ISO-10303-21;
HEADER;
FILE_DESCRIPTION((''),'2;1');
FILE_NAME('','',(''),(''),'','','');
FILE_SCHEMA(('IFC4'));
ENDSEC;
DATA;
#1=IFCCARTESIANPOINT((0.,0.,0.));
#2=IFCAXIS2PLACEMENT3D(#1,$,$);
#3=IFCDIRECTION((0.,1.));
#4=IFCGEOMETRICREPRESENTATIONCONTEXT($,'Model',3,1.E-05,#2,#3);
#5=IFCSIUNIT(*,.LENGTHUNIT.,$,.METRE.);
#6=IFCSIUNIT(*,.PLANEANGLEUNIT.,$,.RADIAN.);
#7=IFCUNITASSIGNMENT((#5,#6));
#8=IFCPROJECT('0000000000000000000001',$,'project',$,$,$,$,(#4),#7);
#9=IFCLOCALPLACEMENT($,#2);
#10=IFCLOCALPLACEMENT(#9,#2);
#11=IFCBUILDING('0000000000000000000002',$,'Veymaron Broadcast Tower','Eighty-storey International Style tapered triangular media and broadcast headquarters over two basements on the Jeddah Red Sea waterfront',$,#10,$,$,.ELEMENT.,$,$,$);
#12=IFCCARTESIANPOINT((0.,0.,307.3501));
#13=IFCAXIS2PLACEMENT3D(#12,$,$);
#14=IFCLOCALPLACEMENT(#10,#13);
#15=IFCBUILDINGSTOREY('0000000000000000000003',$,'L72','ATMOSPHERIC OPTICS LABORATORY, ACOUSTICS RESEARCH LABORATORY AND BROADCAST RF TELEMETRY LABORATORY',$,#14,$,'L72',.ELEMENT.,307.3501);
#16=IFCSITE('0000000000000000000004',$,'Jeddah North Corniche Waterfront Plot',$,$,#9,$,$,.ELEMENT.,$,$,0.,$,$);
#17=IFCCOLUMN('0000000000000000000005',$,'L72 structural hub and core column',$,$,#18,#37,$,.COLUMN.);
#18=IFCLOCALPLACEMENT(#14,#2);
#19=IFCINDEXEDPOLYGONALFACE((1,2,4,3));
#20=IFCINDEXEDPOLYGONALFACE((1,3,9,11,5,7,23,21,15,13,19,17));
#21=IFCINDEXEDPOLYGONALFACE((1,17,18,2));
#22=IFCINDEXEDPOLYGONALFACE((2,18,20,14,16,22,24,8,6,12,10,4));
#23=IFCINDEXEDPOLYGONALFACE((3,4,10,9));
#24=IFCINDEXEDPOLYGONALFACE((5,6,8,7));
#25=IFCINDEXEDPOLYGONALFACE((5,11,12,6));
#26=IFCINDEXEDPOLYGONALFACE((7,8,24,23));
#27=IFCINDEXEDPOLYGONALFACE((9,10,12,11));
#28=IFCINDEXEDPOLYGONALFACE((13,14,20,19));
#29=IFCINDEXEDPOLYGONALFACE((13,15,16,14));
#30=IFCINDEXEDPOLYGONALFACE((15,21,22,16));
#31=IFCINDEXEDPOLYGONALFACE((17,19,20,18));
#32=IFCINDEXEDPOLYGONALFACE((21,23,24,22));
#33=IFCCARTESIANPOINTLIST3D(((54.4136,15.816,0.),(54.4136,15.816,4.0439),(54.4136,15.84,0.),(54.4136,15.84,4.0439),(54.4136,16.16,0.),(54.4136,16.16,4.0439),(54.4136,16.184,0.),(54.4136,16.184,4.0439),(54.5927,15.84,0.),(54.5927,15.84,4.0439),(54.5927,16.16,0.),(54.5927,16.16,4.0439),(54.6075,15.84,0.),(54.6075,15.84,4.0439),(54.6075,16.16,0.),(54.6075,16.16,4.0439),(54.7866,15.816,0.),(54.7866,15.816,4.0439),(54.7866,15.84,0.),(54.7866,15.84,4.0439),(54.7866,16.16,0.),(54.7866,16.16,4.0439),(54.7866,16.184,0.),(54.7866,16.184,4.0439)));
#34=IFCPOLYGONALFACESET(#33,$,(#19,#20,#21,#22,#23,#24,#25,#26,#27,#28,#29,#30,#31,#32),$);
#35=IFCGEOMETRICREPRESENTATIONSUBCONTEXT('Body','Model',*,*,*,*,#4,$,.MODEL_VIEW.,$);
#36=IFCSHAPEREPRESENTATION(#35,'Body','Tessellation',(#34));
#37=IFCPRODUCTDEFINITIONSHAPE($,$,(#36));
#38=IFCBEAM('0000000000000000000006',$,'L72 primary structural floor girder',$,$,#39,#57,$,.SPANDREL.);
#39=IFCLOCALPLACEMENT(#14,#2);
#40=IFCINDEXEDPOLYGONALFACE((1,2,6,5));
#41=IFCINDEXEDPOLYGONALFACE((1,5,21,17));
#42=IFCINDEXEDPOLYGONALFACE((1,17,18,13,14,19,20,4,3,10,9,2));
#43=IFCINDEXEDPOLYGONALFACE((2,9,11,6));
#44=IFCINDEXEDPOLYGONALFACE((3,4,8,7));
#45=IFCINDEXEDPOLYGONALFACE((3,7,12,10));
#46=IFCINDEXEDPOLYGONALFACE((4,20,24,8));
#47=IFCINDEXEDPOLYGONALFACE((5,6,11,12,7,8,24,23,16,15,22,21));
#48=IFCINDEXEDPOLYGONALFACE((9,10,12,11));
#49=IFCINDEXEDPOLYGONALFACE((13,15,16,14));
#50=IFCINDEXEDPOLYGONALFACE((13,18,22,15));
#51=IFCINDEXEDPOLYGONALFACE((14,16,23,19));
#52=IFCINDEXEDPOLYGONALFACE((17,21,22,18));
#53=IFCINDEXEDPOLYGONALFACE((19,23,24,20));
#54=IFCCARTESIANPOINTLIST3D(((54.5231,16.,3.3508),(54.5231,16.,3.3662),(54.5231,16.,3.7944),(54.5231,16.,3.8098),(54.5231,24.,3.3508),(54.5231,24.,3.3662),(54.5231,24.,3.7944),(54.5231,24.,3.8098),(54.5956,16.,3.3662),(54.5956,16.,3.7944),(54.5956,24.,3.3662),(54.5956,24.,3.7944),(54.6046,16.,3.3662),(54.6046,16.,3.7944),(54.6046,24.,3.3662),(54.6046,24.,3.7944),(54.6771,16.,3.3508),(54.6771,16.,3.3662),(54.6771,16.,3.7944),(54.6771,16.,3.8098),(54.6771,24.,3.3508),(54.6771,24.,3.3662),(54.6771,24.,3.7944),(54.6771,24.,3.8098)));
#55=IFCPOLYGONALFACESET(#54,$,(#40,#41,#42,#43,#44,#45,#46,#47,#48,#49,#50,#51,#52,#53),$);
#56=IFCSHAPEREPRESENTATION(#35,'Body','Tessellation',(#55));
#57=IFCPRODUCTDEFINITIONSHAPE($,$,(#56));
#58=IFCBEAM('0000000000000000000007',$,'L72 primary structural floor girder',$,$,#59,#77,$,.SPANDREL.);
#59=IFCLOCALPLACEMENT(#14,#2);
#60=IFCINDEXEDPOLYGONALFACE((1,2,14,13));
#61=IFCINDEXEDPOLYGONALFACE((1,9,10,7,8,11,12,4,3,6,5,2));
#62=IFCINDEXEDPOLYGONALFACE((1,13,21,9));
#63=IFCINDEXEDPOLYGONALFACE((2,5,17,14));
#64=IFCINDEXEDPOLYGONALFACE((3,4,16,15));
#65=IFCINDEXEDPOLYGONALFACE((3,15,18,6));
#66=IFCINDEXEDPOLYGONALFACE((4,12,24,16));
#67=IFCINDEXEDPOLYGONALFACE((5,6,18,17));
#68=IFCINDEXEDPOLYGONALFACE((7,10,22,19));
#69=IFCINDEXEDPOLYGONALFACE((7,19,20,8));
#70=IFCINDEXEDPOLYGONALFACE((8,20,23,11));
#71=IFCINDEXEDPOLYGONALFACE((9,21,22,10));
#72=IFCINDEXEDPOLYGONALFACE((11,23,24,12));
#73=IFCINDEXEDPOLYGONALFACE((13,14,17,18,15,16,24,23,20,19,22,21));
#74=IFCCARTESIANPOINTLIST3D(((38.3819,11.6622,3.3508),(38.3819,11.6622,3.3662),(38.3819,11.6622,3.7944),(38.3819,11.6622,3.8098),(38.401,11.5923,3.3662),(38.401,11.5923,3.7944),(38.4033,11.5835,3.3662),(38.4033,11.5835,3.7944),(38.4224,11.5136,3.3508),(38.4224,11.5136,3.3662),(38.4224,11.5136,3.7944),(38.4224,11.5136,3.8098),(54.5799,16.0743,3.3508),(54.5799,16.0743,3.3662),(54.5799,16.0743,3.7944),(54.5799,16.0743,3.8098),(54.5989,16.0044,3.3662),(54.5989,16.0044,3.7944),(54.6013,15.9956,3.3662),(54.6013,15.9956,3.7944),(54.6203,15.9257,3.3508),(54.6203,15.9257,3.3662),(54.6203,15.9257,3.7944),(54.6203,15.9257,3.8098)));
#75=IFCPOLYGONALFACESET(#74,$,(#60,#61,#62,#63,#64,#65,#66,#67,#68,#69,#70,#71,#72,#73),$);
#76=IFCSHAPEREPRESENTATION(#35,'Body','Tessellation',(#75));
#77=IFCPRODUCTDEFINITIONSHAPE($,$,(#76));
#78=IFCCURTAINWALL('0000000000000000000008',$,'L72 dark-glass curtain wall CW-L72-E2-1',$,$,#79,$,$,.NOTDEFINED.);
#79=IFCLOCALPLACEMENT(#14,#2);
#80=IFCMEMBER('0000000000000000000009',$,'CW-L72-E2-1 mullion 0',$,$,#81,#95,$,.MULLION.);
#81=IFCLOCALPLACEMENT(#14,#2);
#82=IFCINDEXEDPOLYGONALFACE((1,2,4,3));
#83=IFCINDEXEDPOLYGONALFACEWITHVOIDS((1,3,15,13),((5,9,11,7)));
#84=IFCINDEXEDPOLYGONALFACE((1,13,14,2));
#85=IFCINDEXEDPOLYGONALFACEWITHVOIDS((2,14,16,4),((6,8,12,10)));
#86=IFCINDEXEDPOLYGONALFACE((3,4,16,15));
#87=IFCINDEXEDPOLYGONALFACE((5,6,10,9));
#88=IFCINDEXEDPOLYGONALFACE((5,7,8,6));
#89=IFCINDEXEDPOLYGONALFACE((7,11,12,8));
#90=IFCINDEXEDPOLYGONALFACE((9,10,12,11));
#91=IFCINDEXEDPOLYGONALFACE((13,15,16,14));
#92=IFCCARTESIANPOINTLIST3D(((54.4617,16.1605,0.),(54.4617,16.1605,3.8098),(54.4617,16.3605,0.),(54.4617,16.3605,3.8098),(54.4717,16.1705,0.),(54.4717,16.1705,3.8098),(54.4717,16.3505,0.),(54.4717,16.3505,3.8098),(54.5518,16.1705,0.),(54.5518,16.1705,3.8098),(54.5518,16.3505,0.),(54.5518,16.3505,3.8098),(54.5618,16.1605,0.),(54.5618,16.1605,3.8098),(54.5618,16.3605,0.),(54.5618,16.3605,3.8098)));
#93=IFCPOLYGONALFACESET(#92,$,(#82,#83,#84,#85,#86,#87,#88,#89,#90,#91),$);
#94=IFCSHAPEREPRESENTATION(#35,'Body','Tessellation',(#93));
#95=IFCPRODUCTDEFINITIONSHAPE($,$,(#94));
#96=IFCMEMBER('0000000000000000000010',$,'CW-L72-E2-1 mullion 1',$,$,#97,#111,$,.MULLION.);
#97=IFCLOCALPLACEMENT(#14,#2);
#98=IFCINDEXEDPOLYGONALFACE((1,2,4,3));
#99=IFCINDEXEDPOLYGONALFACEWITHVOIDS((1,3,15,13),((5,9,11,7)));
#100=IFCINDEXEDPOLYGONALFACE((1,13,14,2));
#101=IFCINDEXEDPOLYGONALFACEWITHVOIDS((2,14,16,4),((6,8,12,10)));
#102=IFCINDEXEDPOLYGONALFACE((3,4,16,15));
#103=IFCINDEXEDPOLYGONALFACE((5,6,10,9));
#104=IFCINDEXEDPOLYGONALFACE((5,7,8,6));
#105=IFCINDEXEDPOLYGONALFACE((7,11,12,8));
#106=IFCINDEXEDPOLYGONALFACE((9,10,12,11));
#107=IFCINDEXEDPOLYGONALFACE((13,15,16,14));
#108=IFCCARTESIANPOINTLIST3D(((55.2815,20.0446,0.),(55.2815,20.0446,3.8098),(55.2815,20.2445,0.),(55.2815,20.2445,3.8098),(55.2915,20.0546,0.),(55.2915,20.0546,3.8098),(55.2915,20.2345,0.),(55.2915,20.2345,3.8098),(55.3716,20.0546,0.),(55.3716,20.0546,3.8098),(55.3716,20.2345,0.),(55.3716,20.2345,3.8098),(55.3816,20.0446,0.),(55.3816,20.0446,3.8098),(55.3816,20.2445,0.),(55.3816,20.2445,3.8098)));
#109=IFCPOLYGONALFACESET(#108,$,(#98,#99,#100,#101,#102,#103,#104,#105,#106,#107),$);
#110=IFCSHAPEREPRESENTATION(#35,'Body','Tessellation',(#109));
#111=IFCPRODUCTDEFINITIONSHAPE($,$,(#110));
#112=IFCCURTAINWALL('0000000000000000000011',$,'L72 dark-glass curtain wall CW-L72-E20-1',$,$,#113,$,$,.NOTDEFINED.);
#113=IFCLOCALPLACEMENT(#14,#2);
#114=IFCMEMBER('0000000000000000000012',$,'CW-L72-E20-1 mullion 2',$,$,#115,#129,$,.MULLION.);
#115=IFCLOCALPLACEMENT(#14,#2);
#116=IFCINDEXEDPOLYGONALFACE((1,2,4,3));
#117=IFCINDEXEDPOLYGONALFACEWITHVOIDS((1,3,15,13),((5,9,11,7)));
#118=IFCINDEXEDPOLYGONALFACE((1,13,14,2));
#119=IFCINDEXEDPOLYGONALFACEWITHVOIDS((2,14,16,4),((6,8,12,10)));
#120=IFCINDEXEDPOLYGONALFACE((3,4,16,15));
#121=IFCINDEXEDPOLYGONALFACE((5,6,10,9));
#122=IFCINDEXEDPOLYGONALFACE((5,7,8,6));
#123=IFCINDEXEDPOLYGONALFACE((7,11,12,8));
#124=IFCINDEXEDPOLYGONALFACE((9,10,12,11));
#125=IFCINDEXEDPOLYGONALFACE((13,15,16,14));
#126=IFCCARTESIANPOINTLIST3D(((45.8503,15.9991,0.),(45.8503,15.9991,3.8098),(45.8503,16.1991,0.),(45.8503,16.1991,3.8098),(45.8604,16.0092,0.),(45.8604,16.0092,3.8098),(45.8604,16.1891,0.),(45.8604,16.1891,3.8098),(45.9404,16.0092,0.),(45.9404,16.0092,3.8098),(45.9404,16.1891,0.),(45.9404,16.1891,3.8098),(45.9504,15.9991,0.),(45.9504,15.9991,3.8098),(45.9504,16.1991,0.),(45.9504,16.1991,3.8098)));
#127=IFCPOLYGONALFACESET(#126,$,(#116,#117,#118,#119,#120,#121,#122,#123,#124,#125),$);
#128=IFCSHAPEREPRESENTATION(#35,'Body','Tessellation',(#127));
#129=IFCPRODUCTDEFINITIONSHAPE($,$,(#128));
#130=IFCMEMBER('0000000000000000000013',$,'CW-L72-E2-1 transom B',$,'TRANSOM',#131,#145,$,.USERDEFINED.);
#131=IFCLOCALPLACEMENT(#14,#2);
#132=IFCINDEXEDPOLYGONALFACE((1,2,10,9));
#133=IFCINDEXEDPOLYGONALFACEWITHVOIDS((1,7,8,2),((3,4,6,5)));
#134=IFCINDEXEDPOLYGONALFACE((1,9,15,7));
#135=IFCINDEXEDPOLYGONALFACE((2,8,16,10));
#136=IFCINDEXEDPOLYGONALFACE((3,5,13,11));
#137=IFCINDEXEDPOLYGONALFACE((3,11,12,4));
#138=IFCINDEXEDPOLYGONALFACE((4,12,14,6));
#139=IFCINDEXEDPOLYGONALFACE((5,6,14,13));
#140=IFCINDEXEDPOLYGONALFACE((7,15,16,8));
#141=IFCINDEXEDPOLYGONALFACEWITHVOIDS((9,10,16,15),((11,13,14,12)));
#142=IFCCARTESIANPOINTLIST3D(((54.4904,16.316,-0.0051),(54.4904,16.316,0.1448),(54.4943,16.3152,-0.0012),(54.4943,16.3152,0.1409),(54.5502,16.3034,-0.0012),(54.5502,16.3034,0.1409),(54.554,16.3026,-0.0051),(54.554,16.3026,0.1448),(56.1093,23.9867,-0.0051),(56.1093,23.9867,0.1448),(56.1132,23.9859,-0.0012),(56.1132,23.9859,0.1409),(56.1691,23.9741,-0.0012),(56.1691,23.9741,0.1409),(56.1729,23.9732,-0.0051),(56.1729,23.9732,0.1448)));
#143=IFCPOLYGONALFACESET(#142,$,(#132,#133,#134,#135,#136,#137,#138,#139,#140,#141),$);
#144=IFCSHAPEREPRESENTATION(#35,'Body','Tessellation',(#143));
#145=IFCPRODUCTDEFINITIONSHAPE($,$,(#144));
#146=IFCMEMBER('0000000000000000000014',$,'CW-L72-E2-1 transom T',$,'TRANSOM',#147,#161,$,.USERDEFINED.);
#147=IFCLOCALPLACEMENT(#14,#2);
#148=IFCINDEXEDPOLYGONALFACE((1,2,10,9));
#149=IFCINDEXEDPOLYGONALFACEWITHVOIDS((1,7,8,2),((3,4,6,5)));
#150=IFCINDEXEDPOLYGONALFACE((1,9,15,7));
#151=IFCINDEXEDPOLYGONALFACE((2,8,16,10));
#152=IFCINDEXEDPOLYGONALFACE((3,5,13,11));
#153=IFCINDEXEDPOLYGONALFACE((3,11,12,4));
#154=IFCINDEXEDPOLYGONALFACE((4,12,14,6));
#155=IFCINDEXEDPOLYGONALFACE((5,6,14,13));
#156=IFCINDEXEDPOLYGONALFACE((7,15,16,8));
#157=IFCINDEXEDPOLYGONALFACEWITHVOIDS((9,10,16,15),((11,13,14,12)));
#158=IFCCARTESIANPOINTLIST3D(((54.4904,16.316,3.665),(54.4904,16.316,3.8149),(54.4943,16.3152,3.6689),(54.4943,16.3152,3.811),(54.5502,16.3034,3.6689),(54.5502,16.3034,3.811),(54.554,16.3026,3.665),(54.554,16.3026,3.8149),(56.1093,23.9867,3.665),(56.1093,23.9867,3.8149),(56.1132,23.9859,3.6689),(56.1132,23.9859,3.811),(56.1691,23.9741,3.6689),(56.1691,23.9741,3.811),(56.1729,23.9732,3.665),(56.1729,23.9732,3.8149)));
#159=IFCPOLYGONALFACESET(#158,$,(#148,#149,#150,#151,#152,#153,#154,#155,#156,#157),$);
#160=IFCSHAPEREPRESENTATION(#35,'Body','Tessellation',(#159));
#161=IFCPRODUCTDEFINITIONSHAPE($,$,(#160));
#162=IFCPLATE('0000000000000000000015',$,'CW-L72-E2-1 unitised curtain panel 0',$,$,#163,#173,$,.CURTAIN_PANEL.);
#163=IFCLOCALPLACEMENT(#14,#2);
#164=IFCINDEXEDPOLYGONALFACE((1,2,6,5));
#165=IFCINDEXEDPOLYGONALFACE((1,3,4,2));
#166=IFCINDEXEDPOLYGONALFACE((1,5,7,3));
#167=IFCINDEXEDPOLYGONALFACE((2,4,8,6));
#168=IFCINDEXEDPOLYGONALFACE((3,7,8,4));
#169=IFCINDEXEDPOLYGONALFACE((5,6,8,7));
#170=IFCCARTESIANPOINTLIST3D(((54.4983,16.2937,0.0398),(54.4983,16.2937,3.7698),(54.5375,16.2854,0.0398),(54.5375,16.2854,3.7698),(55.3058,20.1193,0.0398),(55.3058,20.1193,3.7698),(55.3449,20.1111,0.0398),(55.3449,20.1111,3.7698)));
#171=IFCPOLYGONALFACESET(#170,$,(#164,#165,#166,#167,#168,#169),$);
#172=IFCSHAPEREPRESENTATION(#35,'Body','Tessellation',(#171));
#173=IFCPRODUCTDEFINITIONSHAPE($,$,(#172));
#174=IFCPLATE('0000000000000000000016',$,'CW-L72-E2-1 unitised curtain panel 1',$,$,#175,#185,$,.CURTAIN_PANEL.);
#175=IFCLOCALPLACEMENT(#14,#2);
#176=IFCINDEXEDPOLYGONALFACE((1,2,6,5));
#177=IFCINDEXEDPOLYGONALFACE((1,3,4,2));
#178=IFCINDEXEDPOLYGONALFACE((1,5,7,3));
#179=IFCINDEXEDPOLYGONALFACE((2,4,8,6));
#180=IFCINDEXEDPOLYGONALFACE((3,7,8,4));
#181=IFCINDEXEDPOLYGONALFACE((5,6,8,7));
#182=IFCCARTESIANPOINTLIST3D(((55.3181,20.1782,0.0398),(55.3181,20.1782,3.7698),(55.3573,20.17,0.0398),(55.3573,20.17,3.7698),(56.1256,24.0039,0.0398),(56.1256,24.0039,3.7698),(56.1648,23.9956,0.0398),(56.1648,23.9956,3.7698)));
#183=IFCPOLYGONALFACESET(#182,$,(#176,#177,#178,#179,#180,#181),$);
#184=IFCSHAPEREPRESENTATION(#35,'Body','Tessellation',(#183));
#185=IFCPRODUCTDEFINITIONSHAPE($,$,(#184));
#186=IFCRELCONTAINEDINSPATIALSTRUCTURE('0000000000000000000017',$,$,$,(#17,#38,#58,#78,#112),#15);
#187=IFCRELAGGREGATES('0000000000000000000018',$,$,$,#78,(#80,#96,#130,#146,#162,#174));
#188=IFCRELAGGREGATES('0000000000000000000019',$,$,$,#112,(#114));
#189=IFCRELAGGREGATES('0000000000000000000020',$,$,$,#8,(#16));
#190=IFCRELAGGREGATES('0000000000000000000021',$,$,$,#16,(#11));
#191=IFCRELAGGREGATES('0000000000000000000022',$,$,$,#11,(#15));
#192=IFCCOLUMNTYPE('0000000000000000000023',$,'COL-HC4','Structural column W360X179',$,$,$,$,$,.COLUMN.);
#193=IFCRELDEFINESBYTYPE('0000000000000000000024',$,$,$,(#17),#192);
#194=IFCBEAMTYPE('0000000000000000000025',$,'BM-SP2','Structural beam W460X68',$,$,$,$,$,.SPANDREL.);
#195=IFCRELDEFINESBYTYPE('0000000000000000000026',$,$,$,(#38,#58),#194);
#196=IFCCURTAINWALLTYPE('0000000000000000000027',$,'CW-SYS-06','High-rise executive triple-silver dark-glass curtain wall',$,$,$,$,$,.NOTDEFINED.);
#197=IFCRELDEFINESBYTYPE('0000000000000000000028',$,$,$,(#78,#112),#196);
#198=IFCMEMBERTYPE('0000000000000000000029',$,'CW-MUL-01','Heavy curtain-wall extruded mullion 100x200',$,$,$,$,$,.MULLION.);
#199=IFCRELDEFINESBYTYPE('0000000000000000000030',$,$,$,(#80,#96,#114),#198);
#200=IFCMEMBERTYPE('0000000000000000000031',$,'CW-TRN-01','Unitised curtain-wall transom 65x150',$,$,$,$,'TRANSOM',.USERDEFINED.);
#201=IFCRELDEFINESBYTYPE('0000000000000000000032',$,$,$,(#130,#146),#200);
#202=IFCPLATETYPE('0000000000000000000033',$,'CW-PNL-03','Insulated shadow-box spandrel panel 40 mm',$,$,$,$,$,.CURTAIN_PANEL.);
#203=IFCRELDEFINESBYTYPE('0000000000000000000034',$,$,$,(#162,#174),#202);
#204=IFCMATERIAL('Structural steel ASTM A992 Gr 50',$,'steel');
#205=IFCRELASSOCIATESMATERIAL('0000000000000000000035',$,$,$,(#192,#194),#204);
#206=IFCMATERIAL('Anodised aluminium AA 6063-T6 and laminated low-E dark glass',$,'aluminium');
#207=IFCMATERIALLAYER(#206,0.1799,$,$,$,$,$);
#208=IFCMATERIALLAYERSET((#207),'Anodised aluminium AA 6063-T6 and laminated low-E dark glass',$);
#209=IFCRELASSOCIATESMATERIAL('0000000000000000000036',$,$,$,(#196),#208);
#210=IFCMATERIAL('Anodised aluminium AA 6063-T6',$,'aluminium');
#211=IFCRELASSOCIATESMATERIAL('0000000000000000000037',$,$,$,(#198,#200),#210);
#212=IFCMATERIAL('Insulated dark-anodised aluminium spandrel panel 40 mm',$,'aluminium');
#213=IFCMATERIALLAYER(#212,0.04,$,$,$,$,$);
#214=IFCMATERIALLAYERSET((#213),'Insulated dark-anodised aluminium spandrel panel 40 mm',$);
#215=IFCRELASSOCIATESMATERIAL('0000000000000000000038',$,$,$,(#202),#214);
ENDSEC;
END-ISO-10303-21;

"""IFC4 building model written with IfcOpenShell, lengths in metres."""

from ifc_helpers import new_model, si_unit, direction, frame, origin, origin_2d, place, context, subcontext, project, spatial, rectangle, hollow_rectangle, i_section, extrude, material, layer, layer_set, material_profile, profile_set, type_object, element, aggregate, save


model = new_model("IFC4")

# Units and contexts
model_context = context("Model", 3, precision=1e-05, world=origin(), true_north=direction((0.0, 1.0)))
body_context = subcontext(model_context, "Body", "Model", "MODEL_VIEW")
ifc_project = project(units=[si_unit("LENGTHUNIT", "METRE"), si_unit("PLANEANGLEUNIT", "RADIAN")], contexts=[model_context])

# Site, building, storey
site_placement = place(None, origin())
site = spatial("IfcSite", under=ifc_project, at=site_placement, Name="Jeddah North Corniche Waterfront Plot", CompositionType="ELEMENT", RefElevation=0.0)
building_placement = place(site_placement, origin())
building = spatial("IfcBuilding", under=site, at=building_placement, Name="Veymaron Broadcast Tower", Description="Eighty-storey International Style tapered triangular media and broadcast headquarters over two basements on the Jeddah Red Sea waterfront", CompositionType="ELEMENT")
storey_placement = place(building_placement, frame((0.0, 0.0, 307.3501)))
storey = spatial("IfcBuildingStorey", under=building, at=storey_placement, Name="L72", Description="ATMOSPHERIC OPTICS LABORATORY, ACOUSTICS RESEARCH LABORATORY AND BROADCAST RF TELEMETRY LABORATORY", LongName="L72", CompositionType="ELEMENT", Elevation=307.3501)

# Column
ifc_material_1 = material(Name="Structural steel ASTM A992 Gr 50", Category="steel")
ifc_material_profile_1 = material_profile(ifc_material_1, i_section(OverallWidth=0.373, OverallDepth=0.3679, WebThickness=0.0149, FlangeThickness=0.0239, at=origin_2d()), Name="W360X179")
ifc_profile_set_1 = profile_set([ifc_material_profile_1], Name="Structural steel ASTM A992 Gr 50")
column_type = type_object("IfcColumnType", Name="COL-HC4", Description="Structural column W360X179", PredefinedType="COLUMN", material=ifc_profile_set_1)
column_placement = place(storey_placement, frame((54.6001, 16.0, 0.0), z_axis=(0.0, 0.0, 1.0), x_axis=(1.0, 0.0, 0.0)))
element("IfcColumn", 1, at=column_placement, inside=storey, type_object=column_type, Name="L72 structural hub and core column", PredefinedType="COLUMN", context=body_context, shape_type="SweptSolid", body=[
    extrude(i_section(OverallWidth=0.373, OverallDepth=0.3679, WebThickness=0.0149, FlangeThickness=0.0239, at=origin_2d()), origin(), (0.0, 0.0, 1.0), 4.0439),
])

# Beams
ifc_material_profile_2 = material_profile(ifc_material_1, i_section(OverallWidth=0.1541, OverallDepth=0.459, WebThickness=0.009, FlangeThickness=0.0154, at=origin_2d()), Name="W460X68")
ifc_profile_set_2 = profile_set([ifc_material_profile_2], Name="Structural steel ASTM A992 Gr 50")
beam_type = type_object("IfcBeamType", Name="BM-SP2", Description="Structural beam W460X68", PredefinedType="SPANDREL", material=ifc_profile_set_2)
beam_1_placement = place(storey_placement, frame((54.6001, 16.0, 3.5803), z_axis=(0.0, 1.0, 0.0), x_axis=(-1.0, 0.0, 0.0)))
element("IfcBeam", 2, at=beam_1_placement, inside=storey, type_object=beam_type, Name="L72 primary structural floor girder", PredefinedType="SPANDREL", context=body_context, shape_type="SweptSolid", body=[
    extrude(i_section(OverallWidth=0.1541, OverallDepth=0.459, WebThickness=0.009, FlangeThickness=0.0154, at=origin_2d()), origin(), (0.0, 0.0, 1.0), 8.0),
])
beam_2_placement = place(storey_placement, frame((54.6001, 16.0, 3.5803), z_axis=(-0.964847, -0.262811, 0.0), x_axis=(0.262811, -0.964847, 0.0)))
element("IfcBeam", 3, at=beam_2_placement, inside=storey, type_object=beam_type, Name="L72 primary structural floor girder", PredefinedType="SPANDREL", context=body_context, shape_type="SweptSolid", body=[
    extrude(i_section(OverallWidth=0.1541, OverallDepth=0.459, WebThickness=0.009, FlangeThickness=0.0154, at=origin_2d()), origin(), (0.0, 0.0, 1.0), 16.7881),
])

# Curtain wall, members
ifc_material_2 = material(Name="Anodised aluminium AA 6063-T6 and laminated low-E dark glass", Category="aluminium")
ifc_layer_1 = layer(ifc_material_2, 0.1799)
ifc_layer_set_1 = layer_set([ifc_layer_1], Name="Anodised aluminium AA 6063-T6 and laminated low-E dark glass")
curtain_wall_type = type_object("IfcCurtainWallType", Name="CW-SYS-06", Description="High-rise executive triple-silver dark-glass curtain wall", PredefinedType="NOTDEFINED", material=ifc_layer_set_1)
curtain_wall_1_placement = place(storey_placement, origin())
curtain_wall_1 = element("IfcCurtainWall", 4, at=curtain_wall_1_placement, inside=storey, type_object=curtain_wall_type, Name="L72 dark-glass curtain wall CW-L72-E2-1", PredefinedType="NOTDEFINED")
ifc_material_3 = material(Name="Anodised aluminium AA 6063-T6", Category="aluminium")
ifc_material_profile_3 = material_profile(ifc_material_3, hollow_rectangle(XDim=0.1001, YDim=0.2, WallThickness=0.01, at=origin_2d()), Name="RHS200X100X10")
ifc_profile_set_3 = profile_set([ifc_material_profile_3], Name="Anodised aluminium AA 6063-T6")
member_type_1 = type_object("IfcMemberType", Name="CW-MUL-01", Description="Heavy curtain-wall extruded mullion 100x200", PredefinedType="MULLION", material=ifc_profile_set_3)
member_1_placement = place(storey_placement, frame((54.5117, 16.2605, 0.0), z_axis=(0.0, 0.0, 1.0), x_axis=(1.0, 0.0, 0.0)))
member_1 = element("IfcMember", 5, at=member_1_placement, type_object=member_type_1, Name="CW-L72-E2-1 mullion 0", PredefinedType="MULLION", context=body_context, shape_type="SweptSolid", body=[
    extrude(hollow_rectangle(XDim=0.1001, YDim=0.2, WallThickness=0.01, at=origin_2d()), origin(), (0.0, 0.0, 1.0), 3.8098),
])
member_2_placement = place(storey_placement, frame((55.3315, 20.1445, 0.0), z_axis=(0.0, 0.0, 1.0), x_axis=(1.0, 0.0, 0.0)))
member_2 = element("IfcMember", 6, at=member_2_placement, type_object=member_type_1, Name="CW-L72-E2-1 mullion 1", PredefinedType="MULLION", context=body_context, shape_type="SweptSolid", body=[
    extrude(hollow_rectangle(XDim=0.1001, YDim=0.2, WallThickness=0.01, at=origin_2d()), origin(), (0.0, 0.0, 1.0), 3.8098),
])

# Curtain wall, member
curtain_wall_2_placement = place(storey_placement, origin())
curtain_wall_2 = element("IfcCurtainWall", 7, at=curtain_wall_2_placement, inside=storey, type_object=curtain_wall_type, Name="L72 dark-glass curtain wall CW-L72-E20-1", PredefinedType="NOTDEFINED")
member_3_placement = place(storey_placement, frame((45.9004, 16.0991, 0.0), z_axis=(0.0, 0.0, 1.0), x_axis=(1.0, 0.0, 0.0)))
member_3 = element("IfcMember", 8, at=member_3_placement, type_object=member_type_1, Name="CW-L72-E20-1 mullion 2", PredefinedType="MULLION", context=body_context, shape_type="SweptSolid", body=[
    extrude(hollow_rectangle(XDim=0.1001, YDim=0.2, WallThickness=0.01, at=origin_2d()), origin(), (0.0, 0.0, 1.0), 3.8098),
])

# Members
ifc_material_profile_4 = material_profile(ifc_material_3, hollow_rectangle(XDim=0.0649, YDim=0.1499, WallThickness=0.0039, at=origin_2d()), Name="AL150X65X4")
ifc_profile_set_4 = profile_set([ifc_material_profile_4], Name="Anodised aluminium AA 6063-T6")
member_type_2 = type_object("IfcMemberType", Name="CW-TRN-01", Description="Unitised curtain-wall transom 65x150", ElementType="TRANSOM", PredefinedType="USERDEFINED", material=ifc_profile_set_4)
member_4_placement = place(storey_placement, frame((54.5222, 16.3093, 0.0698), z_axis=(0.206502, 0.978446, 0.0), x_axis=(-0.978446, 0.206502, 0.0)))
member_4 = element("IfcMember", 9, at=member_4_placement, type_object=member_type_2, Name="CW-L72-E2-1 transom B", ObjectType="TRANSOM", PredefinedType="USERDEFINED", context=body_context, shape_type="SweptSolid", body=[
    extrude(hollow_rectangle(XDim=0.0649, YDim=0.1499, WallThickness=0.0039, at=origin_2d()), origin(), (0.0, 0.0, 1.0), 7.8396),
])
member_5_placement = place(storey_placement, frame((54.5222, 16.3093, 3.74), z_axis=(0.206502, 0.978446, 0.0), x_axis=(-0.978446, 0.206502, 0.0)))
member_5 = element("IfcMember", 10, at=member_5_placement, type_object=member_type_2, Name="CW-L72-E2-1 transom T", ObjectType="TRANSOM", PredefinedType="USERDEFINED", context=body_context, shape_type="SweptSolid", body=[
    extrude(hollow_rectangle(XDim=0.0649, YDim=0.1499, WallThickness=0.0039, at=origin_2d()), origin(), (0.0, 0.0, 1.0), 7.8396),
])

# Plates
ifc_material_4 = material(Name="Insulated dark-anodised aluminium spandrel panel 40 mm", Category="aluminium")
ifc_layer_2 = layer(ifc_material_4, 0.04)
ifc_layer_set_2 = layer_set([ifc_layer_2], Name="Insulated dark-anodised aluminium spandrel panel 40 mm")
plate_type = type_object("IfcPlateType", Name="CW-PNL-03", Description="Insulated shadow-box spandrel panel 40 mm", PredefinedType="CURTAIN_PANEL", material=ifc_layer_set_2)
plate_1_placement = place(storey_placement, frame((54.9216, 18.2024, 0.0398), z_axis=(0.0, 0.0, 1.0), x_axis=(0.206512, 0.978444, 0.0)))
plate_1 = element("IfcPlate", 11, at=plate_1_placement, type_object=plate_type, Name="CW-L72-E2-1 unitised curtain panel 0", PredefinedType="CURTAIN_PANEL", context=body_context, shape_type="SweptSolid", body=[
    extrude(rectangle(XDim=3.9099, YDim=0.04, at=origin_2d()), origin(), (0.0, 0.0, 1.0), 3.73),
])
plate_2_placement = place(storey_placement, frame((55.7415, 22.0869, 0.0398), z_axis=(0.0, 0.0, 1.0), x_axis=(0.206512, 0.978444, 0.0)))
plate_2 = element("IfcPlate", 12, at=plate_2_placement, type_object=plate_type, Name="CW-L72-E2-1 unitised curtain panel 1", PredefinedType="CURTAIN_PANEL", context=body_context, shape_type="SweptSolid", body=[
    extrude(rectangle(XDim=3.9099, YDim=0.04, at=origin_2d()), origin(), (0.0, 0.0, 1.0), 3.73),
])
aggregate(curtain_wall_1, [member_1, member_2, member_4, member_5, plate_1, plate_2])
aggregate(curtain_wall_2, [member_3])

save(model, "model.ifc")
